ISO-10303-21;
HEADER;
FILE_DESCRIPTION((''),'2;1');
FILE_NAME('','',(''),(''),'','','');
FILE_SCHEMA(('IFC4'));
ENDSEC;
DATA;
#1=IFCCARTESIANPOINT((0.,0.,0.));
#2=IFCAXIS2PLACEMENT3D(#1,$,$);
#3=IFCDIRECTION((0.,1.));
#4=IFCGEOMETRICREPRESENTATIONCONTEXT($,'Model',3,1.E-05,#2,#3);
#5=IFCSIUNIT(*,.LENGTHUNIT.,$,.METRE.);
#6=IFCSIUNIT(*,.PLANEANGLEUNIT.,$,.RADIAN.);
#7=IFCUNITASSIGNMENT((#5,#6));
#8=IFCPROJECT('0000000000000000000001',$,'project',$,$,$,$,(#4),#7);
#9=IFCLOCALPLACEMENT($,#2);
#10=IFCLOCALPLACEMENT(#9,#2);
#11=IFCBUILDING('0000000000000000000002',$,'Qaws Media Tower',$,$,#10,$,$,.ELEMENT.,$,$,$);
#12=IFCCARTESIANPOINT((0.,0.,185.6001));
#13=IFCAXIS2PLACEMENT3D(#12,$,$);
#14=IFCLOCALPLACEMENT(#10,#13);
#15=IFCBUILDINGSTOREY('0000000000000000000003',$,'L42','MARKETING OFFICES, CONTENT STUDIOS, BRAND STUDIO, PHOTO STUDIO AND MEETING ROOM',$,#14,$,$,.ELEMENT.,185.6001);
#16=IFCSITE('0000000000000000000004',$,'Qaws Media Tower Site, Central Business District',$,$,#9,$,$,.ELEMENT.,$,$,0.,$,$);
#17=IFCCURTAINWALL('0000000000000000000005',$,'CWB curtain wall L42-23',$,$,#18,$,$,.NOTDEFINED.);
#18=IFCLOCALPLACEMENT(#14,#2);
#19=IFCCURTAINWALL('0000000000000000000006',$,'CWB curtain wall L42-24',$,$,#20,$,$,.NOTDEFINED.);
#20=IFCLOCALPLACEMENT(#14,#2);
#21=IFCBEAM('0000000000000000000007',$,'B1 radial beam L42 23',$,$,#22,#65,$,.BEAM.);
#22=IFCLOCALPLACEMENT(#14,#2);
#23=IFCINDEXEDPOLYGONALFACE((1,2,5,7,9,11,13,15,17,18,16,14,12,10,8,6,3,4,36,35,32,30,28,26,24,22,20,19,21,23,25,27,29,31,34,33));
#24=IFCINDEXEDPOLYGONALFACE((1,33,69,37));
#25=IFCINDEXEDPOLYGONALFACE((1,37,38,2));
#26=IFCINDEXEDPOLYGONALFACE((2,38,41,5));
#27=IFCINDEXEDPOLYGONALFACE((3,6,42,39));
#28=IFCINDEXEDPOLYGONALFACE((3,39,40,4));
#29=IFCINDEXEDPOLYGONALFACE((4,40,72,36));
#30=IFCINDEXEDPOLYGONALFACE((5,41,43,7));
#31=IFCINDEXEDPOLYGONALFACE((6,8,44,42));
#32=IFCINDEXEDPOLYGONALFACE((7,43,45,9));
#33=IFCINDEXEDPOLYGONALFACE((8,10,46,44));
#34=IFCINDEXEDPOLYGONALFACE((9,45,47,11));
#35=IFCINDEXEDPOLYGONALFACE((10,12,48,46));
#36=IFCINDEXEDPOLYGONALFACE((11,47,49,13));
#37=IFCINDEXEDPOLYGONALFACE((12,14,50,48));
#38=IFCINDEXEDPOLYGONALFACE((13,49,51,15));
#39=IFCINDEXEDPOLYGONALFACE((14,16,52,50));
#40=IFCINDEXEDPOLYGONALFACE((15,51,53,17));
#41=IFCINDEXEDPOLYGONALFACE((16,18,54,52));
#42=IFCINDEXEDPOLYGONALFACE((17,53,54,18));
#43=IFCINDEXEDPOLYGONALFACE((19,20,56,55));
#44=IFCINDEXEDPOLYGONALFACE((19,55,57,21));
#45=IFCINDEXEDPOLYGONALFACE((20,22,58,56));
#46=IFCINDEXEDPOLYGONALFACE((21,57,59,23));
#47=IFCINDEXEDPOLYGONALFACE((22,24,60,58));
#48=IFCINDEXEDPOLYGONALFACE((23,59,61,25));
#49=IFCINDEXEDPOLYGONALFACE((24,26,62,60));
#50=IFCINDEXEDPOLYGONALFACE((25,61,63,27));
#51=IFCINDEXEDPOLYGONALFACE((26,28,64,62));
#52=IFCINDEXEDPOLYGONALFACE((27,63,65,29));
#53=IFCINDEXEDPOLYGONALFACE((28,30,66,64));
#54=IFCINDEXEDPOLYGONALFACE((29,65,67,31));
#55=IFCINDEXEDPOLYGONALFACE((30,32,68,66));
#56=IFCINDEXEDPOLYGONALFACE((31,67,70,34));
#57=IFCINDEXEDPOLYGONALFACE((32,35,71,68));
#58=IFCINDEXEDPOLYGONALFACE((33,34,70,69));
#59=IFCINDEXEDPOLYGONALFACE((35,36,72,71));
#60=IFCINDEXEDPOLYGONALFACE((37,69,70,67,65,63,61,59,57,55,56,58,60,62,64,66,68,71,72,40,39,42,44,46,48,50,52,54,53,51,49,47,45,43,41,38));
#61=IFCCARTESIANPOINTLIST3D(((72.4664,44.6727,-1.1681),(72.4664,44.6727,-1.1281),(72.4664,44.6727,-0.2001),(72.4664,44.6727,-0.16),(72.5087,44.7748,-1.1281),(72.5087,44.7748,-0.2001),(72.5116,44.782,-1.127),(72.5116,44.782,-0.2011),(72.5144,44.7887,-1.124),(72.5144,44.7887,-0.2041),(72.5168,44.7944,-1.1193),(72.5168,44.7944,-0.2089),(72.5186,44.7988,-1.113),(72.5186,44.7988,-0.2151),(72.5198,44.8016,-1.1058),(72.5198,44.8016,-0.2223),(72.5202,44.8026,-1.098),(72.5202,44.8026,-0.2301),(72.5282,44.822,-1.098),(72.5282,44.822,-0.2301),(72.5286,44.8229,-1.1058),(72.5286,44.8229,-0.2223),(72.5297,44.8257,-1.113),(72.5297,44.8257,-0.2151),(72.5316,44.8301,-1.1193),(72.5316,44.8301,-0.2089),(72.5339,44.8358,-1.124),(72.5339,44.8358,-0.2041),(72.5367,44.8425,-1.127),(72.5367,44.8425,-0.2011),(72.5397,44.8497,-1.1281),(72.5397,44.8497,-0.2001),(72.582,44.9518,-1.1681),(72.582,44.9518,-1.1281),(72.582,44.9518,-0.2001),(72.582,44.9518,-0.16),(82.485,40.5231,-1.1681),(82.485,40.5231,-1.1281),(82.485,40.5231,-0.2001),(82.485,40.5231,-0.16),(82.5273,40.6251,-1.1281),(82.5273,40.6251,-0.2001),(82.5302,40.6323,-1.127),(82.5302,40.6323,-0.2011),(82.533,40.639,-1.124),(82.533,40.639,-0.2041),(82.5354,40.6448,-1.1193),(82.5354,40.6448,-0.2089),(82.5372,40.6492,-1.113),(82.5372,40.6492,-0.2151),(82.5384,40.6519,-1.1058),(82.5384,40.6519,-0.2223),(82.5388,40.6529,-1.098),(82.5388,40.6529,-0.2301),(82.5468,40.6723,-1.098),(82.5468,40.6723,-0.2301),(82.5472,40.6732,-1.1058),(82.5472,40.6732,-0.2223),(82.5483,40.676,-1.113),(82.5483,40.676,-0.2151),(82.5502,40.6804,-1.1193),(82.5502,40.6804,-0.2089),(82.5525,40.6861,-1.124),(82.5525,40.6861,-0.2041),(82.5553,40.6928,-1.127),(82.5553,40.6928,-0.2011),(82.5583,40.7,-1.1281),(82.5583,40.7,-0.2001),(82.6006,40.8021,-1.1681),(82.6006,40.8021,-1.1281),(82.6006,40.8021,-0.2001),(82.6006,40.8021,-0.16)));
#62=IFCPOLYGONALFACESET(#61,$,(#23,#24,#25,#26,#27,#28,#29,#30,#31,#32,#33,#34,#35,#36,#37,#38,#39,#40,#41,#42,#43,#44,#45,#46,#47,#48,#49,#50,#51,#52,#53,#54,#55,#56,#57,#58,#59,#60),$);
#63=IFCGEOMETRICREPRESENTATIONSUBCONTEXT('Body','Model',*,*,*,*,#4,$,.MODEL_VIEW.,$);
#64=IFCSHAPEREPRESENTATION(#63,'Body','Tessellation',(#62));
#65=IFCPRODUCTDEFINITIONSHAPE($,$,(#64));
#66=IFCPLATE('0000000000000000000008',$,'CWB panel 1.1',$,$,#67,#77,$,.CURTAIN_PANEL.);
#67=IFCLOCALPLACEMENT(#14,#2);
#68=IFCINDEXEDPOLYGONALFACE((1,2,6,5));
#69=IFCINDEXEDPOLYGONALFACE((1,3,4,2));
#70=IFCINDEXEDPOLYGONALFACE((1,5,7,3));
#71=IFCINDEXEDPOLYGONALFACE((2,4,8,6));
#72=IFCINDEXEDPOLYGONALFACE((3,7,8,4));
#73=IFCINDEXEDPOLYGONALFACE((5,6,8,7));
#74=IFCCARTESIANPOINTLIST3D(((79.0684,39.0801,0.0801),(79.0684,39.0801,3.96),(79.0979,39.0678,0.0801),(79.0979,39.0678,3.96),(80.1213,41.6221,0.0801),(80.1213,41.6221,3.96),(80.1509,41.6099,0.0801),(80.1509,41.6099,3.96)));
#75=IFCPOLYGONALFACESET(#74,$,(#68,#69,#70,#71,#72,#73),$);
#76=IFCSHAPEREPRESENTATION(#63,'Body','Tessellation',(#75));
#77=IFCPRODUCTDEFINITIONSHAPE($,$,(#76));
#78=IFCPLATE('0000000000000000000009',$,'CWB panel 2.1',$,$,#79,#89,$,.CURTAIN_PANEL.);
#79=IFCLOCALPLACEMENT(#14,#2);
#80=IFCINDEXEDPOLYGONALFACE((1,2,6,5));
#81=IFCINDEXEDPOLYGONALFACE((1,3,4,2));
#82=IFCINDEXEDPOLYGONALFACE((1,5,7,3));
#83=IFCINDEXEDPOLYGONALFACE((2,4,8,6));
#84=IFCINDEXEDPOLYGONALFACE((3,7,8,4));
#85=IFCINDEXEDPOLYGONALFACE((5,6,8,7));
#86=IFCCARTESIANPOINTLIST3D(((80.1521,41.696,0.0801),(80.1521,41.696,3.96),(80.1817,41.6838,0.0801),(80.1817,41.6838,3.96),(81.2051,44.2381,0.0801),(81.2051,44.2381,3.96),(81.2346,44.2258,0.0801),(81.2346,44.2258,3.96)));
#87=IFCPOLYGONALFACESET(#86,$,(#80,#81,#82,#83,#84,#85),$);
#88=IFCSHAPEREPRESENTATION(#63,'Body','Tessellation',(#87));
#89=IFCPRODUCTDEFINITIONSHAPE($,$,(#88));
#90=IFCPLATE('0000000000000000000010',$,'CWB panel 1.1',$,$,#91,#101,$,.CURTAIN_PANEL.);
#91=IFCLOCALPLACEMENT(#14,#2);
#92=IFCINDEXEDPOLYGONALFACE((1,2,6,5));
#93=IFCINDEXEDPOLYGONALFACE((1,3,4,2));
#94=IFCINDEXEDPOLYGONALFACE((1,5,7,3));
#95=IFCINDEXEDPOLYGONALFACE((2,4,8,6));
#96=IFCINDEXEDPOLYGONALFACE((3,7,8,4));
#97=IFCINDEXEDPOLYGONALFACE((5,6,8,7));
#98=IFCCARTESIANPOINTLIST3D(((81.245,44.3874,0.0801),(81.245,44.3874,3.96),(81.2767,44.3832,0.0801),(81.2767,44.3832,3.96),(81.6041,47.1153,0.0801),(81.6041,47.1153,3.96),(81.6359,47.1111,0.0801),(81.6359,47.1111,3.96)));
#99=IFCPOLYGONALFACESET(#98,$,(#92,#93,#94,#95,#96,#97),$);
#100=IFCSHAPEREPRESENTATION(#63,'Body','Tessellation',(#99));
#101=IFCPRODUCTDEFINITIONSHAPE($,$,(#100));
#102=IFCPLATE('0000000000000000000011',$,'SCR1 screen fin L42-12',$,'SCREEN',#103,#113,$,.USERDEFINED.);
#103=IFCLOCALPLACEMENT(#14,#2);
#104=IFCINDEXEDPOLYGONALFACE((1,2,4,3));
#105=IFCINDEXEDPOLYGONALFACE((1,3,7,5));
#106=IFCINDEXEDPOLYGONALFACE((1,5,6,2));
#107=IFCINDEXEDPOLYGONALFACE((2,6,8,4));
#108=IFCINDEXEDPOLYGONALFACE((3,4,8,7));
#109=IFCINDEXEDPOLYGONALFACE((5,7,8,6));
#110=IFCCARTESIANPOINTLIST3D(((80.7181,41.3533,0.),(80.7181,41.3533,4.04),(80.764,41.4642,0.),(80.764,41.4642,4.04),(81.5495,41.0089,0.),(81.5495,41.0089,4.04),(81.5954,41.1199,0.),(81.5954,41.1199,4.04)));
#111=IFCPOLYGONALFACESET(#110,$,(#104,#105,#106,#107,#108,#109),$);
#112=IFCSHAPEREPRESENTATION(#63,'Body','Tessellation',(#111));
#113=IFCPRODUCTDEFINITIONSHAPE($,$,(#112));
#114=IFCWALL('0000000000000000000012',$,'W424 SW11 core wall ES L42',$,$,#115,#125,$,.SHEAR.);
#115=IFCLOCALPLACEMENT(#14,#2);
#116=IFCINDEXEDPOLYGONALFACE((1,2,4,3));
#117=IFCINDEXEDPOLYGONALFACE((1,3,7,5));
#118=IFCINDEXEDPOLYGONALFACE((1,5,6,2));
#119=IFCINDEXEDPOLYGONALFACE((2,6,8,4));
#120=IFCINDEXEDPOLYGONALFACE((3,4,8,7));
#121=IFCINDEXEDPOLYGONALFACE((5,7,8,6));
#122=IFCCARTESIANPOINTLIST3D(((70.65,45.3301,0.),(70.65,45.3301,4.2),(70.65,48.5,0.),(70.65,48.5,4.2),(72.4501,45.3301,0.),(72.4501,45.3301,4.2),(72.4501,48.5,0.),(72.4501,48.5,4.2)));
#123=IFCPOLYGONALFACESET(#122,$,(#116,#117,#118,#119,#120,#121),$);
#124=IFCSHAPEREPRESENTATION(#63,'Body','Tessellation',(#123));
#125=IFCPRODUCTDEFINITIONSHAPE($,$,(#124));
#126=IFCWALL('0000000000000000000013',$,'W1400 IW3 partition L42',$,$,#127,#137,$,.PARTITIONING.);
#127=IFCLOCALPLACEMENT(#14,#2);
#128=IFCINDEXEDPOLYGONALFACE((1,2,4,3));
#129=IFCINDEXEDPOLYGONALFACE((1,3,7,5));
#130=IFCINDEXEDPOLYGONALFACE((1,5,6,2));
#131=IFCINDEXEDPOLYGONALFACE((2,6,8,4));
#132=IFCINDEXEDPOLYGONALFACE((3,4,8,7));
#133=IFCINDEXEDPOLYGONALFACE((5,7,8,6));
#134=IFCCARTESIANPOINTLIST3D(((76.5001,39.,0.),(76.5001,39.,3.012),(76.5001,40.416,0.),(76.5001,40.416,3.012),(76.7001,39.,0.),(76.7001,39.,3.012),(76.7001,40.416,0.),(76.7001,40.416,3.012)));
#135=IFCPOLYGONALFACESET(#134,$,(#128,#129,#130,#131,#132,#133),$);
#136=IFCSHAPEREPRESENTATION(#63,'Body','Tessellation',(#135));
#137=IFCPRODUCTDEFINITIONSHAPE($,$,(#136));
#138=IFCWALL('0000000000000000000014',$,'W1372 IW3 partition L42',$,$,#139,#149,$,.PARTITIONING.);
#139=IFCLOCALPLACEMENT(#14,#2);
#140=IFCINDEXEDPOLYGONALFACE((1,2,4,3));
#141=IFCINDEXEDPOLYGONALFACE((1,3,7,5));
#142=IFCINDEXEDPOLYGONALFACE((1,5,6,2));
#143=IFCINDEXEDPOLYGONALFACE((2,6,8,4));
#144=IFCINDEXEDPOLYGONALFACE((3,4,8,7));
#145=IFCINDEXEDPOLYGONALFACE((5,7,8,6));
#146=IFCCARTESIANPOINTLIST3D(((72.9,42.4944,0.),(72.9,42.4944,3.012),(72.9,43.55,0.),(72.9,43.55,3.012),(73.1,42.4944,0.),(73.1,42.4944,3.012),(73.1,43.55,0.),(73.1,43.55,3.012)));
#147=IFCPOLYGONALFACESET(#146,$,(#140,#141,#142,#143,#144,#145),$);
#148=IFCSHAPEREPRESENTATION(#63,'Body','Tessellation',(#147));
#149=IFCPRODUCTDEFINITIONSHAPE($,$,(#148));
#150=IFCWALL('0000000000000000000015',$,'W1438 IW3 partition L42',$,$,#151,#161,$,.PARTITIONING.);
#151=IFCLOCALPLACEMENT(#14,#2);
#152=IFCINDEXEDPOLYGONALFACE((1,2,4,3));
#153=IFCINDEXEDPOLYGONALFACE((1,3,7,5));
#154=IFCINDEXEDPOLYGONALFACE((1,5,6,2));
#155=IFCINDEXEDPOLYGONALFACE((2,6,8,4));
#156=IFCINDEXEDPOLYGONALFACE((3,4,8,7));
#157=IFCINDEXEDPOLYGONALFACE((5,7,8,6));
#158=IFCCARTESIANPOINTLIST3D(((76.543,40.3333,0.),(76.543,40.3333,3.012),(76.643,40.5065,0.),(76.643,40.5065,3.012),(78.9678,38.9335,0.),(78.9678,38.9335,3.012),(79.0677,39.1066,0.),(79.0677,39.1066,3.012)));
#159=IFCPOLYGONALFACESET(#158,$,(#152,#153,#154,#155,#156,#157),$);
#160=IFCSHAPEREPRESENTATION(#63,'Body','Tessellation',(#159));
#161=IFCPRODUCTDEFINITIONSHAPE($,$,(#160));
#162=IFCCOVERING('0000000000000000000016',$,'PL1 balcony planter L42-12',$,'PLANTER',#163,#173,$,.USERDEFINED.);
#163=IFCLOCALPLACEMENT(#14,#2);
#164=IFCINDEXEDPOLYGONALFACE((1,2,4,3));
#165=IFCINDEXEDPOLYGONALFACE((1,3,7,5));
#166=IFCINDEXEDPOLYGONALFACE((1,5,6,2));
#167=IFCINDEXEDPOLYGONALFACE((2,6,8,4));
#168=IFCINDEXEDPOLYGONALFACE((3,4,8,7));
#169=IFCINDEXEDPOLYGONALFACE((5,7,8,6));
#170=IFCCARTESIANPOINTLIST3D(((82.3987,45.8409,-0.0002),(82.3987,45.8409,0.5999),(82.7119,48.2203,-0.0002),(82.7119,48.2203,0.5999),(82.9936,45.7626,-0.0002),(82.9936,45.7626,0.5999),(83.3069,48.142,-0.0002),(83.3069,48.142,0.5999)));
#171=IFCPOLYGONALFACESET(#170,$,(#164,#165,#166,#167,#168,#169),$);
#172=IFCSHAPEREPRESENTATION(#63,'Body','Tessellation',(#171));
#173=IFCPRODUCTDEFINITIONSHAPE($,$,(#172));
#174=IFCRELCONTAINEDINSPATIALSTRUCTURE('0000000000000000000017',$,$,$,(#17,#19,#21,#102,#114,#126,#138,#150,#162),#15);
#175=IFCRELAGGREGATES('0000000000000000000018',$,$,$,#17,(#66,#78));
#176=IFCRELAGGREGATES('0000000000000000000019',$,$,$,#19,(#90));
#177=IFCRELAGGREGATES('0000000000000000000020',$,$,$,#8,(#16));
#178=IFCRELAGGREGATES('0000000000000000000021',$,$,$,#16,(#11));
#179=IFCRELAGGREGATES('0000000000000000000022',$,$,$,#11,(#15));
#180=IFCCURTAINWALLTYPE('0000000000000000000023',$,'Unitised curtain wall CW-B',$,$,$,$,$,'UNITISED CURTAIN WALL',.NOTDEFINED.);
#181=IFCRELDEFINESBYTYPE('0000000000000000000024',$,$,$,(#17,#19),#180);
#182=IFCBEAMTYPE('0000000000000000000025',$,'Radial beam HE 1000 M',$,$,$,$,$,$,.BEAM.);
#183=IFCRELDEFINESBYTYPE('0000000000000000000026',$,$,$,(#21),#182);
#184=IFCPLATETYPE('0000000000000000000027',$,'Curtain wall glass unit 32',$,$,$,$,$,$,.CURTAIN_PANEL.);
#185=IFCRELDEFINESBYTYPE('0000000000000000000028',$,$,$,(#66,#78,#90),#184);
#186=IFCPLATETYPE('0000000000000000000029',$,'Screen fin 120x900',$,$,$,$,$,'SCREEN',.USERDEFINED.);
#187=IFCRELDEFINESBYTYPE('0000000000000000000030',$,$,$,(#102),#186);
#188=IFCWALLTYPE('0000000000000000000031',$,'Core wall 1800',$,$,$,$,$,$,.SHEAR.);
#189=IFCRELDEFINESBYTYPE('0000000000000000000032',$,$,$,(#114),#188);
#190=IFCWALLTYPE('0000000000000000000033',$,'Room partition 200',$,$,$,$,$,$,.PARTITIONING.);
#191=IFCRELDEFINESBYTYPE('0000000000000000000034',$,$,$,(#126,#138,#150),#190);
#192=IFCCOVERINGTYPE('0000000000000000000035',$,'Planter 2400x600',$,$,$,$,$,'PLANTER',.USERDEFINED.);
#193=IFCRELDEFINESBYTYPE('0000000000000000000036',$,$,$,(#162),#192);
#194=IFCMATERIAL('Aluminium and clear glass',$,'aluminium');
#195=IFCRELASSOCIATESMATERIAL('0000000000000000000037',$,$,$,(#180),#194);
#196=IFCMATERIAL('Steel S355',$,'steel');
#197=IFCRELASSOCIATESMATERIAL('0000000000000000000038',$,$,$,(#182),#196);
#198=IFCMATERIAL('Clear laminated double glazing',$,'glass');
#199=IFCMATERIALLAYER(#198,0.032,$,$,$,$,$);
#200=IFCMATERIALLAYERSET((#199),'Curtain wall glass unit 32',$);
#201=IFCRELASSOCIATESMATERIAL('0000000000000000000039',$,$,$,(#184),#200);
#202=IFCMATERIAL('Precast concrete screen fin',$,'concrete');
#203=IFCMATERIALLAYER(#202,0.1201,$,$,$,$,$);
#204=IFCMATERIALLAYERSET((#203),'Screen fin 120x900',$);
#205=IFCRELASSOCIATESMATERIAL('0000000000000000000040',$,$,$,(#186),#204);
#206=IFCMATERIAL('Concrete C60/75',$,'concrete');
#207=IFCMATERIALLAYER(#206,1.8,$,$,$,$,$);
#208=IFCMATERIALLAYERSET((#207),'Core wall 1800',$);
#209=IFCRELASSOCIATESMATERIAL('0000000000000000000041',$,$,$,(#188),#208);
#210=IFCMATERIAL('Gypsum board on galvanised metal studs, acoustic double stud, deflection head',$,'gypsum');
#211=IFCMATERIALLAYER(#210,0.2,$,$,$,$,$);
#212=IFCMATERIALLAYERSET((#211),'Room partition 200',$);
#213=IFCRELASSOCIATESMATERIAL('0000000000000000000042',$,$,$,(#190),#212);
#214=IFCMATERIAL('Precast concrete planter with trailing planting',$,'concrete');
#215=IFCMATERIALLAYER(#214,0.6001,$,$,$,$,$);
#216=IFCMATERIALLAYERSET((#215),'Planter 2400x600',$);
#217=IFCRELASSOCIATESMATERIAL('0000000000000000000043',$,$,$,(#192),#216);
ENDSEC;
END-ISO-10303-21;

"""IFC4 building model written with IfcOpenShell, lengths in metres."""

from ifc_helpers import new_model, si_unit, direction, frame, frame_2d, origin, origin_2d, place, context, subcontext, project, spatial, rectangle, i_section, extrude, material, layer, layer_set, material_profile, profile_set, type_object, element, aggregate, save


model = new_model("IFC4")

# Units and contexts
model_context = context("Model", 3, precision=1e-05, world=origin(), true_north=direction((0.0, 1.0)))
body_context = subcontext(model_context, "Body", "Model", "MODEL_VIEW")
ifc_project = project(units=[si_unit("LENGTHUNIT", "METRE"), si_unit("PLANEANGLEUNIT", "RADIAN")], contexts=[model_context])

# Site, building, storey
site_placement = place(None, origin())
site = spatial("IfcSite", under=ifc_project, at=site_placement, Name="Qaws Media Tower Site, Central Business District", CompositionType="ELEMENT", RefElevation=0.0)
building_placement = place(site_placement, origin())
building = spatial("IfcBuilding", under=site, at=building_placement, Name="Qaws Media Tower", CompositionType="ELEMENT")
storey_placement = place(building_placement, frame((0.0, 0.0, 185.6001)))
storey = spatial("IfcBuildingStorey", under=building, at=storey_placement, Name="L42", Description="MARKETING OFFICES, CONTENT STUDIOS, BRAND STUDIO, PHOTO STUDIO AND MEETING ROOM", CompositionType="ELEMENT", Elevation=185.6001)

# Curtain walls
ifc_material_1 = material(Name="Aluminium and clear glass", Category="aluminium")
curtain_wall_type = type_object("IfcCurtainWallType", Name="Unitised curtain wall CW-B", ElementType="UNITISED CURTAIN WALL", PredefinedType="NOTDEFINED", material=ifc_material_1)
curtain_wall_1_placement = place(storey_placement, origin())
curtain_wall_1 = element("IfcCurtainWall", 1, at=curtain_wall_1_placement, inside=storey, type_object=curtain_wall_type, Name="CWB curtain wall L42-23", PredefinedType="NOTDEFINED")
curtain_wall_2_placement = place(storey_placement, origin())
curtain_wall_2 = element("IfcCurtainWall", 2, at=curtain_wall_2_placement, inside=storey, type_object=curtain_wall_type, Name="CWB curtain wall L42-24", PredefinedType="NOTDEFINED")

# Beam
ifc_material_2 = material(Name="Steel S355", Category="steel")
ifc_material_profile_1 = material_profile(ifc_material_2, i_section(OverallWidth=0.302, OverallDepth=1.0081, WebThickness=0.021, FlangeThickness=0.04, FilletRadius=0.03, at=origin_2d()), Name="HE 1000 M")
ifc_profile_set_1 = profile_set([ifc_material_profile_1], Name="Steel S355")
beam_type_1 = type_object("IfcBeamType", Name="Radial beam HE 1000 M", PredefinedType="BEAM", material=ifc_profile_set_1)
beam_1_placement = place(storey_placement, frame((72.5242, 44.8123, -0.6641), z_axis=(0.923885, -0.382671, 0.0), x_axis=(0.382671, 0.923885, 0.0)))
element("IfcBeam", 3, at=beam_1_placement, inside=storey, type_object=beam_type_1, Name="B1 radial beam L42 23", PredefinedType="BEAM", context=body_context, shape_type="SweptSolid", body=[
    extrude(i_section(OverallWidth=0.302, OverallDepth=1.0081, WebThickness=0.021, FlangeThickness=0.04, FilletRadius=0.03, at=origin_2d()), origin(), (0.0, 0.0, 1.0), 10.844),
])

# Plates
ifc_material_3 = material(Name="Clear laminated double glazing", Category="glass")
ifc_layer_1 = layer(ifc_material_3, 0.032)
ifc_layer_set_1 = layer_set([ifc_layer_1], Name="Curtain wall glass unit 32")
plate_type_1 = type_object("IfcPlateType", Name="Curtain wall glass unit 32", PredefinedType="CURTAIN_PANEL", material=ifc_layer_set_1)
plate_1_placement = place(storey_placement, frame((79.6096, 40.345, 0.0801), z_axis=(0.0, 0.0, 1.0), x_axis=(0.382683, 0.92388, 0.0)))
plate_1 = element("IfcPlate", 4, at=plate_1_placement, type_object=plate_type_1, Name="CWB panel 1.1", PredefinedType="CURTAIN_PANEL", context=body_context, shape_type="SweptSolid", body=[
    extrude(rectangle(XDim=2.7515, YDim=0.032, at=origin_2d()), origin(), (0.0, 0.0, 1.0), 3.8799),
])
plate_2_placement = place(storey_placement, frame((80.6934, 42.9609, 0.0801), z_axis=(0.0, 0.0, 1.0), x_axis=(0.382683, 0.92388, 0.0)))
plate_2 = element("IfcPlate", 5, at=plate_2_placement, type_object=plate_type_1, Name="CWB panel 2.1", PredefinedType="CURTAIN_PANEL", context=body_context, shape_type="SweptSolid", body=[
    extrude(rectangle(XDim=2.7515, YDim=0.032, at=origin_2d()), origin(), (0.0, 0.0, 1.0), 3.8799),
])
aggregate(curtain_wall_1, [plate_1, plate_2])
plate_3_placement = place(storey_placement, frame((81.4404, 45.7493, 0.0801), z_axis=(0.0, 0.0, 1.0), x_axis=(0.130526, 0.991445, 0.0)))
plate_3 = element("IfcPlate", 6, at=plate_3_placement, type_object=plate_type_1, Name="CWB panel 1.1", PredefinedType="CURTAIN_PANEL", context=body_context, shape_type="SweptSolid", body=[
    extrude(rectangle(XDim=2.7515, YDim=0.032, at=origin_2d()), origin(), (0.0, 0.0, 1.0), 3.8799),
])
aggregate(curtain_wall_2, [plate_3])
ifc_material_4 = material(Name="Precast concrete screen fin", Category="concrete")
ifc_layer_2 = layer(ifc_material_4, 0.1201)
ifc_layer_set_2 = layer_set([ifc_layer_2], Name="Screen fin 120x900")
plate_type_2 = type_object("IfcPlateType", Name="Screen fin 120x900", ElementType="SCREEN", PredefinedType="USERDEFINED", material=ifc_layer_set_2)
plate_4_placement = place(storey_placement, frame((81.1567, 41.2366, 0.0), z_axis=(0.0, 0.0, 1.0), x_axis=(0.92388, -0.382683, 0.0)))
element("IfcPlate", 7, at=plate_4_placement, inside=storey, type_object=plate_type_2, Name="SCR1 screen fin L42-12", ObjectType="SCREEN", PredefinedType="USERDEFINED", context=body_context, shape_type="SweptSolid", body=[
    extrude(rectangle(XDim=0.8999, YDim=0.1201, at=origin_2d()), origin(), (0.0, 0.0, 1.0), 4.04),
])

# Walls
ifc_material_5 = material(Name="Concrete C60/75", Category="concrete")
ifc_layer_3 = layer(ifc_material_5, 1.8)
ifc_layer_set_3 = layer_set([ifc_layer_3], Name="Core wall 1800")
wall_type_1 = type_object("IfcWallType", Name="Core wall 1800", PredefinedType="SHEAR", material=ifc_layer_set_3)
wall_1_placement = place(storey_placement, frame((71.55, 45.3301, 0.0), z_axis=(0.0, 0.0, 1.0), x_axis=(0.0, 1.0, 0.0)))
element("IfcWall", 8, at=wall_1_placement, inside=storey, type_object=wall_type_1, Name="W424 SW11 core wall ES L42", PredefinedType="SHEAR", context=body_context, shape_type="SweptSolid", body=[
    extrude(rectangle(XDim=3.1699, YDim=1.8, at=frame_2d((1.585, 0.0))), origin(), (0.0, 0.0, 1.0), 4.2),
])
ifc_material_6 = material(Name="Gypsum board on galvanised metal studs, acoustic double stud, deflection head", Category="gypsum")
ifc_layer_4 = layer(ifc_material_6, 0.2)
ifc_layer_set_4 = layer_set([ifc_layer_4], Name="Room partition 200")
wall_type_2 = type_object("IfcWallType", Name="Room partition 200", PredefinedType="PARTITIONING", material=ifc_layer_set_4)
wall_2_placement = place(storey_placement, frame((76.6001, 40.416, 0.0), z_axis=(0.0, 0.0, 1.0), x_axis=(0.0, -1.0, 0.0)))
element("IfcWall", 9, at=wall_2_placement, inside=storey, type_object=wall_type_2, Name="W1400 IW3 partition L42", PredefinedType="PARTITIONING", context=body_context, shape_type="SweptSolid", body=[
    extrude(rectangle(XDim=1.416, YDim=0.2, at=frame_2d((0.708, 0.0))), origin(), (0.0, 0.0, 1.0), 3.012),
])
wall_3_placement = place(storey_placement, frame((73.0, 42.4944, 0.0), z_axis=(0.0, 0.0, 1.0), x_axis=(0.0, 1.0, 0.0)))
element("IfcWall", 10, at=wall_3_placement, inside=storey, type_object=wall_type_2, Name="W1372 IW3 partition L42", PredefinedType="PARTITIONING", context=body_context, shape_type="SweptSolid", body=[
    extrude(rectangle(XDim=1.0557, YDim=0.2, at=frame_2d((0.5278, 0.0))), origin(), (0.0, 0.0, 1.0), 3.012),
])
wall_4_placement = place(storey_placement, frame((76.593, 40.4199, 0.0), z_axis=(0.0, 0.0, 1.0), x_axis=(0.866035, -0.499984, 0.0)))
element("IfcWall", 11, at=wall_4_placement, inside=storey, type_object=wall_type_2, Name="W1438 IW3 partition L42", PredefinedType="PARTITIONING", context=body_context, shape_type="SweptSolid", body=[
    extrude(rectangle(XDim=2.7998, YDim=0.2, at=frame_2d((1.3999, 0.0))), origin(), (0.0, 0.0, 1.0), 3.012),
])

# Covering
ifc_material_7 = material(Name="Precast concrete planter with trailing planting", Category="concrete")
ifc_layer_5 = layer(ifc_material_7, 0.6001)
ifc_layer_set_5 = layer_set([ifc_layer_5], Name="Planter 2400x600")
covering_type = type_object("IfcCoveringType", Name="Planter 2400x600", ElementType="PLANTER", PredefinedType="USERDEFINED", material=ifc_layer_set_5)
covering_placement = place(storey_placement, frame((82.8528, 46.9915, -0.0002), z_axis=(0.0, 0.0, 1.0), x_axis=(0.130526, 0.991445, 0.0)))
element("IfcCovering", 12, at=covering_placement, inside=storey, type_object=covering_type, Name="PL1 balcony planter L42-12", ObjectType="PLANTER", PredefinedType="USERDEFINED", context=body_context, shape_type="SweptSolid", body=[
    extrude(rectangle(XDim=2.3999, YDim=0.6001, at=origin_2d()), origin(), (0.0, 0.0, 1.0), 0.6001),
])

save(model, "model.ifc")
